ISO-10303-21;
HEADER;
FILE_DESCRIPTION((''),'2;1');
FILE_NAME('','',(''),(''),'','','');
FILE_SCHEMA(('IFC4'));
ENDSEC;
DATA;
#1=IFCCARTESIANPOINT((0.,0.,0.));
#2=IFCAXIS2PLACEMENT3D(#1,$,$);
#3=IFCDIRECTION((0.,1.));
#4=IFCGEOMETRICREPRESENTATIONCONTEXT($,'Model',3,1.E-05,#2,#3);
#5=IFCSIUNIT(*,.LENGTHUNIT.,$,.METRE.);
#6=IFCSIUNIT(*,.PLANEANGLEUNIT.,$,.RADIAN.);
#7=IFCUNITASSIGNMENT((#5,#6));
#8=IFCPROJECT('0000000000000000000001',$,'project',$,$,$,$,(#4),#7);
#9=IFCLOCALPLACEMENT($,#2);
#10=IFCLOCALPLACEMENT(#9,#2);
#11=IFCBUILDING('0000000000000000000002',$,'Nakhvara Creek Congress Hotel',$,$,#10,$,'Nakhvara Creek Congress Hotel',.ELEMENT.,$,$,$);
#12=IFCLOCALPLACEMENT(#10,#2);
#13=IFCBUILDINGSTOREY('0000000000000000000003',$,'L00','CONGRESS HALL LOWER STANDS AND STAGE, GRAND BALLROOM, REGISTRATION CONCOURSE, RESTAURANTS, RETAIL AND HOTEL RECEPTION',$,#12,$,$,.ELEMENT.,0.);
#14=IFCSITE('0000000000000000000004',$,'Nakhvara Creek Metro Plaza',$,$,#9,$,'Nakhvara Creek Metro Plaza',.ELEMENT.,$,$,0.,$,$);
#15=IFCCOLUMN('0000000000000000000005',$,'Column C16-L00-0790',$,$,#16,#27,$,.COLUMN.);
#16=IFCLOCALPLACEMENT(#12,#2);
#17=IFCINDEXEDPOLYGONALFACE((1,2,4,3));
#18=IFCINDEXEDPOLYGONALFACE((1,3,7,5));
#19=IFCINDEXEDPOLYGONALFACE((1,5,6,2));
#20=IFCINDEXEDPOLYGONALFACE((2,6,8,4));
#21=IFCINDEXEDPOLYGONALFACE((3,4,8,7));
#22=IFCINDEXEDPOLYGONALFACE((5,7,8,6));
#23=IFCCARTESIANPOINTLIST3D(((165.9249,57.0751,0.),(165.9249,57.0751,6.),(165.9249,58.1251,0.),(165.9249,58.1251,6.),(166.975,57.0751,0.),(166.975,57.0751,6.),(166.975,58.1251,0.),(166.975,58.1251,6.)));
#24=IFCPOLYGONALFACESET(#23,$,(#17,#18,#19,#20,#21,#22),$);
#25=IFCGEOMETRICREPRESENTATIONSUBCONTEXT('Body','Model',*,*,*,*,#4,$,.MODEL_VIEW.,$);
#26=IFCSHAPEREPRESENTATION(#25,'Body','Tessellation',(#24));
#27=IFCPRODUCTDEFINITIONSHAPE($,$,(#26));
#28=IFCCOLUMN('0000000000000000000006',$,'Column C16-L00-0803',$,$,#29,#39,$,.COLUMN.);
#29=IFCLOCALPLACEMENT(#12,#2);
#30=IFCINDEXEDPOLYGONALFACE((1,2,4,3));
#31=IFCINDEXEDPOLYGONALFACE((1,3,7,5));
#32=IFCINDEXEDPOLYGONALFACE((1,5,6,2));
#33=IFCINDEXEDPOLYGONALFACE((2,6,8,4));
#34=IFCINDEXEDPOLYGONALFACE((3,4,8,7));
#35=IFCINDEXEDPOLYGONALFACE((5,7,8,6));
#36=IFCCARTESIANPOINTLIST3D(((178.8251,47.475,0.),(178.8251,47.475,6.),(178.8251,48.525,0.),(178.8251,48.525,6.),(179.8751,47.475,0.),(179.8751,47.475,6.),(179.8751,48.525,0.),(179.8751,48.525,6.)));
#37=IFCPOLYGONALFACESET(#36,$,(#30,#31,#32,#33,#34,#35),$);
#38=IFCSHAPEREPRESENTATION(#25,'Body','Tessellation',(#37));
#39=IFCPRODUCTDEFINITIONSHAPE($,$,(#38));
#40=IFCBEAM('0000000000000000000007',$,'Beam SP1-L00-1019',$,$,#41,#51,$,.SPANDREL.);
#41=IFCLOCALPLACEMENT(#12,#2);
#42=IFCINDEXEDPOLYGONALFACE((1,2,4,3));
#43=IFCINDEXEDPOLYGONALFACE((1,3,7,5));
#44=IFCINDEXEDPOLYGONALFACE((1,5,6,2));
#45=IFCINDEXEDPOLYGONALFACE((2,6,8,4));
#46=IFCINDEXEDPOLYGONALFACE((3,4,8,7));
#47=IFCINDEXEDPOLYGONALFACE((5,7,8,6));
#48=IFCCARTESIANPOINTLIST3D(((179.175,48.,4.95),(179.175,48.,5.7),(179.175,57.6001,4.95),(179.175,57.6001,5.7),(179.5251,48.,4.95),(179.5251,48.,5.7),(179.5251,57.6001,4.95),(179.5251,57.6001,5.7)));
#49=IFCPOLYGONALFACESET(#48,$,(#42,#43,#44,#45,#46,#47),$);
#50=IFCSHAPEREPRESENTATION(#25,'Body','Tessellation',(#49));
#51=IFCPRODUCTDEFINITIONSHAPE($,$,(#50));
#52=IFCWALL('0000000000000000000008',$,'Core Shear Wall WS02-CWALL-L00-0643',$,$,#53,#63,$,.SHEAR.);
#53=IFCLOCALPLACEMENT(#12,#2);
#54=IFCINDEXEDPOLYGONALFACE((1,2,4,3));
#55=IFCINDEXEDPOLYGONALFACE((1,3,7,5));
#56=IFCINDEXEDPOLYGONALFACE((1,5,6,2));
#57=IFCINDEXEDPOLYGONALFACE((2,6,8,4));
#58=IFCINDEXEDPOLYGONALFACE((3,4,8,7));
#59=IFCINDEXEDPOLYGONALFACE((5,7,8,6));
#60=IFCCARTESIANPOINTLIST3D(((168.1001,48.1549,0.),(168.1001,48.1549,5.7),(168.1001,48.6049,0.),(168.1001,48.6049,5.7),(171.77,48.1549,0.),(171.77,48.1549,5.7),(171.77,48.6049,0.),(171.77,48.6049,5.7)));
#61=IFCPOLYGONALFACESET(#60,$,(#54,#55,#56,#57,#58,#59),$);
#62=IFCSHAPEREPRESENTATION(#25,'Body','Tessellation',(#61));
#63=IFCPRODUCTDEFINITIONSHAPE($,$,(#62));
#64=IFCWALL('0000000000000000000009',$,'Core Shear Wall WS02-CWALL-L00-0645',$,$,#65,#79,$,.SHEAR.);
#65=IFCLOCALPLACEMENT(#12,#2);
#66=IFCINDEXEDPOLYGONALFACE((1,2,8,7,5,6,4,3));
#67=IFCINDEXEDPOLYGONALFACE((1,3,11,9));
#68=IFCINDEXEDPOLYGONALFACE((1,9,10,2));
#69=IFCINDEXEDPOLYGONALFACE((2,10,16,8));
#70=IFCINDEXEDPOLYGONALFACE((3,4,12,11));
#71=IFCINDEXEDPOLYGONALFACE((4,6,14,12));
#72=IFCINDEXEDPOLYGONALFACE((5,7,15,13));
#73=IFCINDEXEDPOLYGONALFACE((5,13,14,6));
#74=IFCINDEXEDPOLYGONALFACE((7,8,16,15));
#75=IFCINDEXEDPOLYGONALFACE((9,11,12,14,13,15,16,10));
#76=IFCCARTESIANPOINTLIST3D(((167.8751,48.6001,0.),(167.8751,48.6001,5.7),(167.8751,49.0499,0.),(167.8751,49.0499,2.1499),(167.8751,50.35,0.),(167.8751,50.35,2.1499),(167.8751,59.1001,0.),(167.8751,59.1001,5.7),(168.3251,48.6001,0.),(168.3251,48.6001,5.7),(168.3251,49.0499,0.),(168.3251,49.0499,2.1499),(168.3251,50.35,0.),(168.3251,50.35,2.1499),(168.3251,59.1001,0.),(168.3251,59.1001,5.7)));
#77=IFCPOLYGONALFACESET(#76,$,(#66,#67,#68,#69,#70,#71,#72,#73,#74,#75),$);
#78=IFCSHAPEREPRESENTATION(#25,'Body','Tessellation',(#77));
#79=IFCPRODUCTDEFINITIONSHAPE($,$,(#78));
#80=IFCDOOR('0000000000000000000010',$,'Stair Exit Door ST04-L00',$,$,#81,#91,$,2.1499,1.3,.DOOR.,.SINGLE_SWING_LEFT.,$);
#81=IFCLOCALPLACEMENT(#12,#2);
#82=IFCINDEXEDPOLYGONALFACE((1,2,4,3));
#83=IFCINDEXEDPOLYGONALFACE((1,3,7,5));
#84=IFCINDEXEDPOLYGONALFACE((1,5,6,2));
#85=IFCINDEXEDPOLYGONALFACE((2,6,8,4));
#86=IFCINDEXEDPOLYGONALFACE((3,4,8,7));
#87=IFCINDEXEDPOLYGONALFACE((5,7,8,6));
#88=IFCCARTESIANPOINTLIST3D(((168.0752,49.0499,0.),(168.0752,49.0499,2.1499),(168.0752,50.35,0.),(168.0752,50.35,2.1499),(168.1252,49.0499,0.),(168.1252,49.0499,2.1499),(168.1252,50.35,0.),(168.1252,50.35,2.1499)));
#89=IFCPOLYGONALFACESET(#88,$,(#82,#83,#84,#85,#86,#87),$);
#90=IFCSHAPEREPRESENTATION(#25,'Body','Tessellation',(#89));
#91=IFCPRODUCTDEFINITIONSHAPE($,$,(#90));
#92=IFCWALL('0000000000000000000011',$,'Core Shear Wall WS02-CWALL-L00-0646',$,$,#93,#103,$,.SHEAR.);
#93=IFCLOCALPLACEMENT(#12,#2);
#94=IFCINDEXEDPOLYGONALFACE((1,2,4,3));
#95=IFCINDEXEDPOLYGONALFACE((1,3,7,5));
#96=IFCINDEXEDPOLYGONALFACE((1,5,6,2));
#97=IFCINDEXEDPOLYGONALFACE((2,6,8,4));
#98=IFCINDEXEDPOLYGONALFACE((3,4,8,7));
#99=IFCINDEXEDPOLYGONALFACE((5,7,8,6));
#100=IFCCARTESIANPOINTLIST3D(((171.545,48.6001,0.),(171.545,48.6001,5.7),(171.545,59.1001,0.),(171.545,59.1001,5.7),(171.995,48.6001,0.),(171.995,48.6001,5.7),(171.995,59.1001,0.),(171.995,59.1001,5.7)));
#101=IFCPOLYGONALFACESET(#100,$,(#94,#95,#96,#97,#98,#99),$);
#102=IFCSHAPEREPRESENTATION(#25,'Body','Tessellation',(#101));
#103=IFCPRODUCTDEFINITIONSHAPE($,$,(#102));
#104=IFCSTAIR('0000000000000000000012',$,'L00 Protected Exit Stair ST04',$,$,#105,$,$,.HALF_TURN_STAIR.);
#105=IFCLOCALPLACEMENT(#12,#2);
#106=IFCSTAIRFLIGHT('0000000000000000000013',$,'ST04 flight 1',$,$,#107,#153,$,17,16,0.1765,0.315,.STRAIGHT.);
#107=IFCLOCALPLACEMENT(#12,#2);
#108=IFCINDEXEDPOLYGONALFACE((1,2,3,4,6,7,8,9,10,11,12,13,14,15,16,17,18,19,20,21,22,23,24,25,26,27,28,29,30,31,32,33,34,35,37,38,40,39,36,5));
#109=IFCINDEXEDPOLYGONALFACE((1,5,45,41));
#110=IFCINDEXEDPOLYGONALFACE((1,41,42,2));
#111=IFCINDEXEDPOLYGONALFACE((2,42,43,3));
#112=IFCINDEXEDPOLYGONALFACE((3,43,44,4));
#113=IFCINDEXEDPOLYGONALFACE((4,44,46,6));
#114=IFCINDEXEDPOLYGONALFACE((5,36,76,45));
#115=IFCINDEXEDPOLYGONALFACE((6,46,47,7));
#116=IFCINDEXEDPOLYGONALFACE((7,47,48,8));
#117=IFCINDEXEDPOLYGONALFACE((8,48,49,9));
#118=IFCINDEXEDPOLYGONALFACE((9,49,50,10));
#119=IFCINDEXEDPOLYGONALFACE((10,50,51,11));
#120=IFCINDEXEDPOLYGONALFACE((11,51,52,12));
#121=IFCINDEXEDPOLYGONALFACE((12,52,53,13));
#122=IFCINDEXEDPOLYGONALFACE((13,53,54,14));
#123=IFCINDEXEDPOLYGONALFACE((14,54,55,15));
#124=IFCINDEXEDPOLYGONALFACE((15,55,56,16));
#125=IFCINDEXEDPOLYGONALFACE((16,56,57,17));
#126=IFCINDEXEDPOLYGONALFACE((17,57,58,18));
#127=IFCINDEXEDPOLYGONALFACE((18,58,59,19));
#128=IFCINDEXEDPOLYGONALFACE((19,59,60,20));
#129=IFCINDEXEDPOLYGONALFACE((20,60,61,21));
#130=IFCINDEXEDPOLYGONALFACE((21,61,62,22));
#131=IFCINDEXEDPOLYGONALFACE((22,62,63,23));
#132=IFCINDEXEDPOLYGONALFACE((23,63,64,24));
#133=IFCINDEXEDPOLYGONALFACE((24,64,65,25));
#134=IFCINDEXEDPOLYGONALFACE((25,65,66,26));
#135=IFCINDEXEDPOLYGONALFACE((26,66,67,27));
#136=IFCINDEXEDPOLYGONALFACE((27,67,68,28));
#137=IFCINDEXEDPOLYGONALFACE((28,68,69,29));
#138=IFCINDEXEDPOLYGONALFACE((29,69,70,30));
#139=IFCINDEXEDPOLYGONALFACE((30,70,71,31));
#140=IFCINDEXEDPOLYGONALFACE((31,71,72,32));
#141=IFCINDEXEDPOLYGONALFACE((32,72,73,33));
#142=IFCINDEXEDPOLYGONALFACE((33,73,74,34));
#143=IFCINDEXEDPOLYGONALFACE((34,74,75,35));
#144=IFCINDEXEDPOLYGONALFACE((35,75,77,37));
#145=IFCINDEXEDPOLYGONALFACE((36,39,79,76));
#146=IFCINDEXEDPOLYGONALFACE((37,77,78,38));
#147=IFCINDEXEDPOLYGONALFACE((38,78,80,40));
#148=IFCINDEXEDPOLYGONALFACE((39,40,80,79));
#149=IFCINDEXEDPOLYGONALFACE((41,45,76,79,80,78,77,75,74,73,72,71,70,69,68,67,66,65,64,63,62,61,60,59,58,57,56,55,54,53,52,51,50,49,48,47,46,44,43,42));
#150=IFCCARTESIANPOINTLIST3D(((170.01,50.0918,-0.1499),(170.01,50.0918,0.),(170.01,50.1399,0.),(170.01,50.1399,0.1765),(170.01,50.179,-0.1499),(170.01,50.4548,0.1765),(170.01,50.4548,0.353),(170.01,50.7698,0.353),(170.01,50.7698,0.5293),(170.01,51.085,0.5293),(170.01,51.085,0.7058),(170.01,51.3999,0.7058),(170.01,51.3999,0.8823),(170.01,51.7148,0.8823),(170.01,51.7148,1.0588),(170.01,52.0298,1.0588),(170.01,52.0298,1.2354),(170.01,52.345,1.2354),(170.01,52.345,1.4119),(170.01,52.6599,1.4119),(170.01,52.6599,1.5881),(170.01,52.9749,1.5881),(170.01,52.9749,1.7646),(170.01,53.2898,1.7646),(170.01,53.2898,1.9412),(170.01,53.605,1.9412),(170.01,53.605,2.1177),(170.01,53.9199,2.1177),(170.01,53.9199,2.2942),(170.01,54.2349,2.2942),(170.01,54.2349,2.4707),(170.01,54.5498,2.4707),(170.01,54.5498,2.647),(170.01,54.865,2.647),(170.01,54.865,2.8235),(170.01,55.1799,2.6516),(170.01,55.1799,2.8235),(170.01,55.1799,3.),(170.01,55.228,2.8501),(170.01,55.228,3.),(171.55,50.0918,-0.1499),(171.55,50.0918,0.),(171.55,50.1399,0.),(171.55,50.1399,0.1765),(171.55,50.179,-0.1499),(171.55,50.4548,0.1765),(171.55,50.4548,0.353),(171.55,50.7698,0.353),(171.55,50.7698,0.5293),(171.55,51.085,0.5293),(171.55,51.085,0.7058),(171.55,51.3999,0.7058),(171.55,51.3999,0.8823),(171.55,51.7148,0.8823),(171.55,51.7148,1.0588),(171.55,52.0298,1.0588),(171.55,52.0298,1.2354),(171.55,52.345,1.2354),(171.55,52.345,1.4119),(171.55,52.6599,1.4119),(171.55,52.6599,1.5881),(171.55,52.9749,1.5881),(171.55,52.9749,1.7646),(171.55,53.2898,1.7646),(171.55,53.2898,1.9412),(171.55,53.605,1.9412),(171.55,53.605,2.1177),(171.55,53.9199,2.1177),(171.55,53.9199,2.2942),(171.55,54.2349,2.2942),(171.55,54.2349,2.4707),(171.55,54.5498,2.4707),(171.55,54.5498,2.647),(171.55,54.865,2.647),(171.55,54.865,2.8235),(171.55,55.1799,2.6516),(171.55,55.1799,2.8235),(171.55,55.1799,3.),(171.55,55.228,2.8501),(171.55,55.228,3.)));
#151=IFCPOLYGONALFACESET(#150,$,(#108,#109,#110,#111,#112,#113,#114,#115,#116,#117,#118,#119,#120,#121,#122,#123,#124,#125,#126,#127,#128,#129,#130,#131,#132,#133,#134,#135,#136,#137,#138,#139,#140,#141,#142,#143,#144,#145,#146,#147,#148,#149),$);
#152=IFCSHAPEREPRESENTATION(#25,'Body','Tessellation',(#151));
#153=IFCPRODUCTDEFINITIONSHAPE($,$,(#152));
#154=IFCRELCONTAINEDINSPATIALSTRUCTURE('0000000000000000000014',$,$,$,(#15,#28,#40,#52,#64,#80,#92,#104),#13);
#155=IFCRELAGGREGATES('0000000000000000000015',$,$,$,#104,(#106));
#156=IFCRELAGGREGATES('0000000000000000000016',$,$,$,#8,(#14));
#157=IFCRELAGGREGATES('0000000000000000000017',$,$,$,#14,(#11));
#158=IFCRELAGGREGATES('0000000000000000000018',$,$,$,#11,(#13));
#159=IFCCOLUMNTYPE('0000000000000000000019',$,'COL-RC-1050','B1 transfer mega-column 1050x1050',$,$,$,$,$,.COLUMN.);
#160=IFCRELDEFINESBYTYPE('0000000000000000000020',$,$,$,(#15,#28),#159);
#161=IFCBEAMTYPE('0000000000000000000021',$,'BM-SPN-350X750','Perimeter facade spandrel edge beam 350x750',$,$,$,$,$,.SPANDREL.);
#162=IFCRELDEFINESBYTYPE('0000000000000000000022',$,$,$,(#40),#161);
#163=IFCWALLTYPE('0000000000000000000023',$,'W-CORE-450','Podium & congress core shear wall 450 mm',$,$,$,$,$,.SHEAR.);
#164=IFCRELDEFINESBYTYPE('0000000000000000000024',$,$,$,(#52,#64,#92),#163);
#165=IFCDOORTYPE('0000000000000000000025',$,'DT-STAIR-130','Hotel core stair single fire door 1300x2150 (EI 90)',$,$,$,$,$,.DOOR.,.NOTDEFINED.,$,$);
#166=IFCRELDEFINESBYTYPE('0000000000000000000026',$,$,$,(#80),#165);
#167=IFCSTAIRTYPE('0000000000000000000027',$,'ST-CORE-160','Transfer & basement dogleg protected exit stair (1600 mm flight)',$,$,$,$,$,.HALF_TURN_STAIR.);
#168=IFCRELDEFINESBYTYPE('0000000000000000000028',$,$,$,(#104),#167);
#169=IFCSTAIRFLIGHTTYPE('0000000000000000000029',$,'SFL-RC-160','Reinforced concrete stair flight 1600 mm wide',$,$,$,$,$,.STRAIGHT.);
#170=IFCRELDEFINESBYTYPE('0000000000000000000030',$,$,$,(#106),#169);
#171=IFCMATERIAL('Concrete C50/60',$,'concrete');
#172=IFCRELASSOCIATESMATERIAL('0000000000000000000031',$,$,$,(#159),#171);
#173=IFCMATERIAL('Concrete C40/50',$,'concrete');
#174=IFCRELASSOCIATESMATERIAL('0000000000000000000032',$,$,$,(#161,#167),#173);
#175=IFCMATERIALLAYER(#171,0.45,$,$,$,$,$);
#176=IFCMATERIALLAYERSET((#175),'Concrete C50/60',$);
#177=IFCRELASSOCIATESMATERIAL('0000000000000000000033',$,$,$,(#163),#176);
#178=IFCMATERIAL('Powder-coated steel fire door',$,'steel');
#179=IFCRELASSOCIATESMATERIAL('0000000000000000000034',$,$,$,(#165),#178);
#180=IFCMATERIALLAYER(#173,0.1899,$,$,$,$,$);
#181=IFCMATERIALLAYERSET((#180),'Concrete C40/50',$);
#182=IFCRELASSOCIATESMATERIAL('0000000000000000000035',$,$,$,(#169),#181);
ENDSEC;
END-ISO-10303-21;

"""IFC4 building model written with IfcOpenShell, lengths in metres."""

from ifc_helpers import new_model, si_unit, direction, frame, frame_2d, origin, origin_2d, place, context, subcontext, project, spatial, polyline, rectangle, outline, extrude, material, layer, layer_set, material_profile, profile_set, type_object, element, fill, aggregate, save


model = new_model("IFC4")

# Units and contexts
model_context = context("Model", 3, precision=1e-05, world=origin(), true_north=direction((0.0, 1.0)))
body_context = subcontext(model_context, "Body", "Model", "MODEL_VIEW")
ifc_project = project(units=[si_unit("LENGTHUNIT", "METRE"), si_unit("PLANEANGLEUNIT", "RADIAN")], contexts=[model_context])

# Site, building, storey
site_placement = place(None, origin())
site = spatial("IfcSite", under=ifc_project, at=site_placement, Name="Nakhvara Creek Metro Plaza", LongName="Nakhvara Creek Metro Plaza", CompositionType="ELEMENT", RefElevation=0.0)
building_placement = place(site_placement, origin())
building = spatial("IfcBuilding", under=site, at=building_placement, Name="Nakhvara Creek Congress Hotel", LongName="Nakhvara Creek Congress Hotel", CompositionType="ELEMENT")
storey_placement = place(building_placement, origin())
storey = spatial("IfcBuildingStorey", under=building, at=storey_placement, Name="L00", Description="CONGRESS HALL LOWER STANDS AND STAGE, GRAND BALLROOM, REGISTRATION CONCOURSE, RESTAURANTS, RETAIL AND HOTEL RECEPTION", CompositionType="ELEMENT", Elevation=0.0)

# Columns
ifc_material_1 = material(Name="Concrete C50/60", Category="concrete")
ifc_material_profile_1 = material_profile(ifc_material_1, rectangle(XDim=1.05, YDim=1.05, at=origin_2d()), Name="RC-COL 1050x1050", Category="LoadBearing")
ifc_profile_set_1 = profile_set([ifc_material_profile_1], Name="Concrete C50/60")
column_type = type_object("IfcColumnType", Name="COL-RC-1050", Description="B1 transfer mega-column 1050x1050", PredefinedType="COLUMN", material=ifc_profile_set_1)
for number, where, z_axis, x_axis, name in (
    (1, (166.45, 57.6001, 0.0), (0.0, 0.0, 1.0), (1.0, 0.0, 0.0), "Column C16-L00-0790"),
    (2, (179.3501, 48.0, 0.0), (0.0, 0.0, 1.0), (1.0, 0.0, 0.0), "Column C16-L00-0803"),
):
    element("IfcColumn", number, at=place(storey_placement, frame(where, z_axis=z_axis, x_axis=x_axis)), inside=storey, type_object=column_type, Name=name, PredefinedType="COLUMN", context=body_context, shape_type="SweptSolid", body=[
        extrude(rectangle(XDim=1.05, YDim=1.05, at=origin_2d()), origin(), (0.0, 0.0, 1.0), 6.0),
    ])

# Beam
ifc_material_2 = material(Name="Concrete C40/50", Category="concrete")
ifc_material_profile_2 = material_profile(ifc_material_2, rectangle(XDim=0.3501, YDim=0.75, at=origin_2d()), Name="RC-SPANDREL 350x750", Category="LoadBearing")
ifc_profile_set_2 = profile_set([ifc_material_profile_2], Name="Concrete C40/50")
beam_type = type_object("IfcBeamType", Name="BM-SPN-350X750", Description="Perimeter facade spandrel edge beam 350x750", PredefinedType="SPANDREL", material=ifc_profile_set_2)
beam_placement = place(storey_placement, frame((179.3501, 48.0, 5.325), z_axis=(0.0, 1.0, 0.0), x_axis=(-1.0, 0.0, 0.0)))
element("IfcBeam", 3, at=beam_placement, inside=storey, type_object=beam_type, Name="Beam SP1-L00-1019", PredefinedType="SPANDREL", context=body_context, shape_type="SweptSolid", body=[
    extrude(rectangle(XDim=0.3501, YDim=0.75, at=origin_2d()), origin(), (0.0, 0.0, 1.0), 9.6001),
])

# Wall
ifc_layer_1 = layer(ifc_material_1, 0.45)
ifc_layer_set_1 = layer_set([ifc_layer_1], Name="Concrete C50/60")
wall_type = type_object("IfcWallType", Name="W-CORE-450", Description="Podium & congress core shear wall 450 mm", PredefinedType="SHEAR", material=ifc_layer_set_1)
wall_1_placement = place(storey_placement, frame((168.1001, 48.3799, 0.0), z_axis=(0.0, 0.0, 1.0), x_axis=(1.0, 0.0, 0.0)))
element("IfcWall", 4, at=wall_1_placement, inside=storey, type_object=wall_type, Name="Core Shear Wall WS02-CWALL-L00-0643", PredefinedType="SHEAR", context=body_context, shape_type="SweptSolid", body=[
    extrude(rectangle(XDim=3.6699, YDim=0.45, at=frame_2d((1.835, 0.0))), origin(), (0.0, 0.0, 1.0), 5.7),
])

# Wall, opening, door
wall_2_placement = place(storey_placement, frame((168.1001, 48.6001, 0.0), z_axis=(0.0, 0.0, 1.0), x_axis=(0.0, 1.0, 0.0)))
wall_2 = element("IfcWall", 5, at=wall_2_placement, inside=storey, type_object=wall_type, Name="Core Shear Wall WS02-CWALL-L00-0645", PredefinedType="SHEAR", context=body_context, shape_type="SweptSolid", body=[
    extrude(rectangle(XDim=10.5, YDim=0.45, at=frame_2d((5.25, 0.0))), origin(), (0.0, 0.0, 1.0), 5.7),
])
opening_placement = place(wall_2_placement, frame((0.45, 0.0, 0.0)))
opening = element("IfcOpeningElement", 6, at=opening_placement, cuts=wall_2, PredefinedType="OPENING", context=body_context, shape_type="SweptSolid", body=[
    extrude(rectangle(XDim=1.3, YDim=2.1499, at=frame_2d((0.6499, 1.075))), frame((0.0, 0.2368, 0.0), z_axis=(0.0, -1.0, 0.0), x_axis=(1.0, 0.0, 0.0)), (0.0, 0.0, 1.0), 0.4739),
])
ifc_material_3 = material(Name="Powder-coated steel fire door", Category="steel")
door_type = type_object("IfcDoorType", Name="DT-STAIR-130", Description="Hotel core stair single fire door 1300x2150 (EI 90)", OperationType="NOTDEFINED", PredefinedType="DOOR", material=ifc_material_3)
door_placement = place(opening_placement, origin())
door = element("IfcDoor", 7, at=door_placement, inside=storey, type_object=door_type, Name="Stair Exit Door ST04-L00", OperationType="SINGLE_SWING_LEFT", OverallHeight=2.1499, OverallWidth=1.3, PredefinedType="DOOR", context=body_context, shape_type="SweptSolid", body=[
    extrude(rectangle(XDim=1.3, YDim=2.1499, at=frame_2d((0.6499, 1.075))), frame((0.0, 0.0249, 0.0), z_axis=(0.0, -1.0, 0.0), x_axis=(1.0, 0.0, 0.0)), (0.0, 0.0, 1.0), 0.05),
])
fill(opening, door)

# Wall
wall_3_placement = place(storey_placement, frame((171.77, 48.6001, 0.0), z_axis=(0.0, 0.0, 1.0), x_axis=(0.0, 1.0, 0.0)))
element("IfcWall", 8, at=wall_3_placement, inside=storey, type_object=wall_type, Name="Core Shear Wall WS02-CWALL-L00-0646", PredefinedType="SHEAR", context=body_context, shape_type="SweptSolid", body=[
    extrude(rectangle(XDim=10.5, YDim=0.45, at=frame_2d((5.25, 0.0))), origin(), (0.0, 0.0, 1.0), 5.7),
])

# Stair, stair flight
stair_type = type_object("IfcStairType", Name="ST-CORE-160", Description="Transfer & basement dogleg protected exit stair (1600 mm flight)", PredefinedType="HALF_TURN_STAIR", material=ifc_material_2)
stair_placement = place(storey_placement, origin())
stair = element("IfcStair", 9, at=stair_placement, inside=storey, type_object=stair_type, Name="L00 Protected Exit Stair ST04", PredefinedType="HALF_TURN_STAIR")
ifc_layer_2 = layer(ifc_material_2, 0.1899)
ifc_layer_set_2 = layer_set([ifc_layer_2], Name="Concrete C40/50")
stair_flight_type = type_object("IfcStairFlightType", Name="SFL-RC-160", Description="Reinforced concrete stair flight 1600 mm wide", PredefinedType="STRAIGHT", material=ifc_layer_set_2)
stair_flight_1_placement = place(storey_placement, frame((170.78, 50.1399, 0.0), z_axis=(0.0, 0.0, 1.0), x_axis=(0.0, 1.0, 0.0)))
stair_flight_1 = element("IfcStairFlight", 10, at=stair_flight_1_placement, type_object=stair_flight_type, Name="ST04 flight 1", NumberOfRisers=17, NumberOfTreads=16, PredefinedType="STRAIGHT", RiserHeight=0.1765, TreadLength=0.315, context=body_context, shape_type="SweptSolid", body=[
    extrude(outline(polyline([(-0.0481, 0.0), (0.0, 0.0), (0.0, 0.1765), (0.3149, 0.1765), (0.3149, 0.353), (0.6299, 0.353), (0.6299, 0.5293), (0.9451, 0.5293), (0.9451, 0.7058), (1.26, 0.7058), (1.26, 0.8823), (1.575, 0.8823), (1.575, 1.0588), (1.8899, 1.0588), (1.8899, 1.2354), (2.2051, 1.2354), (2.2051, 1.4119), (2.52, 1.4119), (2.52, 1.5881), (2.835, 1.5881), (2.835, 1.7646), (3.1499, 1.7646), (3.1499, 1.9412), (3.4651, 1.9412), (3.4651, 2.1177), (3.78, 2.1177), (3.78, 2.2942), (4.095, 2.2942), (4.095, 2.4707), (4.4099, 2.4707), (4.4099, 2.647), (4.7251, 2.647), (4.7251, 2.8235), (5.04, 2.8235), (5.04, 3.0), (5.0881, 3.0), (5.0881, 2.8501), (5.04, 2.6516), (0.0391, -0.1499), (-0.0481, -0.1499), (-0.0481, 0.0)])), frame((0.0, 0.77, 0.0), z_axis=(0.0, -1.0, 0.0), x_axis=(1.0, 0.0, 0.0)), (0.0, 0.0, 1.0), 1.54),
])
aggregate(stair, [stair_flight_1])

save(model, "model.ifc")
